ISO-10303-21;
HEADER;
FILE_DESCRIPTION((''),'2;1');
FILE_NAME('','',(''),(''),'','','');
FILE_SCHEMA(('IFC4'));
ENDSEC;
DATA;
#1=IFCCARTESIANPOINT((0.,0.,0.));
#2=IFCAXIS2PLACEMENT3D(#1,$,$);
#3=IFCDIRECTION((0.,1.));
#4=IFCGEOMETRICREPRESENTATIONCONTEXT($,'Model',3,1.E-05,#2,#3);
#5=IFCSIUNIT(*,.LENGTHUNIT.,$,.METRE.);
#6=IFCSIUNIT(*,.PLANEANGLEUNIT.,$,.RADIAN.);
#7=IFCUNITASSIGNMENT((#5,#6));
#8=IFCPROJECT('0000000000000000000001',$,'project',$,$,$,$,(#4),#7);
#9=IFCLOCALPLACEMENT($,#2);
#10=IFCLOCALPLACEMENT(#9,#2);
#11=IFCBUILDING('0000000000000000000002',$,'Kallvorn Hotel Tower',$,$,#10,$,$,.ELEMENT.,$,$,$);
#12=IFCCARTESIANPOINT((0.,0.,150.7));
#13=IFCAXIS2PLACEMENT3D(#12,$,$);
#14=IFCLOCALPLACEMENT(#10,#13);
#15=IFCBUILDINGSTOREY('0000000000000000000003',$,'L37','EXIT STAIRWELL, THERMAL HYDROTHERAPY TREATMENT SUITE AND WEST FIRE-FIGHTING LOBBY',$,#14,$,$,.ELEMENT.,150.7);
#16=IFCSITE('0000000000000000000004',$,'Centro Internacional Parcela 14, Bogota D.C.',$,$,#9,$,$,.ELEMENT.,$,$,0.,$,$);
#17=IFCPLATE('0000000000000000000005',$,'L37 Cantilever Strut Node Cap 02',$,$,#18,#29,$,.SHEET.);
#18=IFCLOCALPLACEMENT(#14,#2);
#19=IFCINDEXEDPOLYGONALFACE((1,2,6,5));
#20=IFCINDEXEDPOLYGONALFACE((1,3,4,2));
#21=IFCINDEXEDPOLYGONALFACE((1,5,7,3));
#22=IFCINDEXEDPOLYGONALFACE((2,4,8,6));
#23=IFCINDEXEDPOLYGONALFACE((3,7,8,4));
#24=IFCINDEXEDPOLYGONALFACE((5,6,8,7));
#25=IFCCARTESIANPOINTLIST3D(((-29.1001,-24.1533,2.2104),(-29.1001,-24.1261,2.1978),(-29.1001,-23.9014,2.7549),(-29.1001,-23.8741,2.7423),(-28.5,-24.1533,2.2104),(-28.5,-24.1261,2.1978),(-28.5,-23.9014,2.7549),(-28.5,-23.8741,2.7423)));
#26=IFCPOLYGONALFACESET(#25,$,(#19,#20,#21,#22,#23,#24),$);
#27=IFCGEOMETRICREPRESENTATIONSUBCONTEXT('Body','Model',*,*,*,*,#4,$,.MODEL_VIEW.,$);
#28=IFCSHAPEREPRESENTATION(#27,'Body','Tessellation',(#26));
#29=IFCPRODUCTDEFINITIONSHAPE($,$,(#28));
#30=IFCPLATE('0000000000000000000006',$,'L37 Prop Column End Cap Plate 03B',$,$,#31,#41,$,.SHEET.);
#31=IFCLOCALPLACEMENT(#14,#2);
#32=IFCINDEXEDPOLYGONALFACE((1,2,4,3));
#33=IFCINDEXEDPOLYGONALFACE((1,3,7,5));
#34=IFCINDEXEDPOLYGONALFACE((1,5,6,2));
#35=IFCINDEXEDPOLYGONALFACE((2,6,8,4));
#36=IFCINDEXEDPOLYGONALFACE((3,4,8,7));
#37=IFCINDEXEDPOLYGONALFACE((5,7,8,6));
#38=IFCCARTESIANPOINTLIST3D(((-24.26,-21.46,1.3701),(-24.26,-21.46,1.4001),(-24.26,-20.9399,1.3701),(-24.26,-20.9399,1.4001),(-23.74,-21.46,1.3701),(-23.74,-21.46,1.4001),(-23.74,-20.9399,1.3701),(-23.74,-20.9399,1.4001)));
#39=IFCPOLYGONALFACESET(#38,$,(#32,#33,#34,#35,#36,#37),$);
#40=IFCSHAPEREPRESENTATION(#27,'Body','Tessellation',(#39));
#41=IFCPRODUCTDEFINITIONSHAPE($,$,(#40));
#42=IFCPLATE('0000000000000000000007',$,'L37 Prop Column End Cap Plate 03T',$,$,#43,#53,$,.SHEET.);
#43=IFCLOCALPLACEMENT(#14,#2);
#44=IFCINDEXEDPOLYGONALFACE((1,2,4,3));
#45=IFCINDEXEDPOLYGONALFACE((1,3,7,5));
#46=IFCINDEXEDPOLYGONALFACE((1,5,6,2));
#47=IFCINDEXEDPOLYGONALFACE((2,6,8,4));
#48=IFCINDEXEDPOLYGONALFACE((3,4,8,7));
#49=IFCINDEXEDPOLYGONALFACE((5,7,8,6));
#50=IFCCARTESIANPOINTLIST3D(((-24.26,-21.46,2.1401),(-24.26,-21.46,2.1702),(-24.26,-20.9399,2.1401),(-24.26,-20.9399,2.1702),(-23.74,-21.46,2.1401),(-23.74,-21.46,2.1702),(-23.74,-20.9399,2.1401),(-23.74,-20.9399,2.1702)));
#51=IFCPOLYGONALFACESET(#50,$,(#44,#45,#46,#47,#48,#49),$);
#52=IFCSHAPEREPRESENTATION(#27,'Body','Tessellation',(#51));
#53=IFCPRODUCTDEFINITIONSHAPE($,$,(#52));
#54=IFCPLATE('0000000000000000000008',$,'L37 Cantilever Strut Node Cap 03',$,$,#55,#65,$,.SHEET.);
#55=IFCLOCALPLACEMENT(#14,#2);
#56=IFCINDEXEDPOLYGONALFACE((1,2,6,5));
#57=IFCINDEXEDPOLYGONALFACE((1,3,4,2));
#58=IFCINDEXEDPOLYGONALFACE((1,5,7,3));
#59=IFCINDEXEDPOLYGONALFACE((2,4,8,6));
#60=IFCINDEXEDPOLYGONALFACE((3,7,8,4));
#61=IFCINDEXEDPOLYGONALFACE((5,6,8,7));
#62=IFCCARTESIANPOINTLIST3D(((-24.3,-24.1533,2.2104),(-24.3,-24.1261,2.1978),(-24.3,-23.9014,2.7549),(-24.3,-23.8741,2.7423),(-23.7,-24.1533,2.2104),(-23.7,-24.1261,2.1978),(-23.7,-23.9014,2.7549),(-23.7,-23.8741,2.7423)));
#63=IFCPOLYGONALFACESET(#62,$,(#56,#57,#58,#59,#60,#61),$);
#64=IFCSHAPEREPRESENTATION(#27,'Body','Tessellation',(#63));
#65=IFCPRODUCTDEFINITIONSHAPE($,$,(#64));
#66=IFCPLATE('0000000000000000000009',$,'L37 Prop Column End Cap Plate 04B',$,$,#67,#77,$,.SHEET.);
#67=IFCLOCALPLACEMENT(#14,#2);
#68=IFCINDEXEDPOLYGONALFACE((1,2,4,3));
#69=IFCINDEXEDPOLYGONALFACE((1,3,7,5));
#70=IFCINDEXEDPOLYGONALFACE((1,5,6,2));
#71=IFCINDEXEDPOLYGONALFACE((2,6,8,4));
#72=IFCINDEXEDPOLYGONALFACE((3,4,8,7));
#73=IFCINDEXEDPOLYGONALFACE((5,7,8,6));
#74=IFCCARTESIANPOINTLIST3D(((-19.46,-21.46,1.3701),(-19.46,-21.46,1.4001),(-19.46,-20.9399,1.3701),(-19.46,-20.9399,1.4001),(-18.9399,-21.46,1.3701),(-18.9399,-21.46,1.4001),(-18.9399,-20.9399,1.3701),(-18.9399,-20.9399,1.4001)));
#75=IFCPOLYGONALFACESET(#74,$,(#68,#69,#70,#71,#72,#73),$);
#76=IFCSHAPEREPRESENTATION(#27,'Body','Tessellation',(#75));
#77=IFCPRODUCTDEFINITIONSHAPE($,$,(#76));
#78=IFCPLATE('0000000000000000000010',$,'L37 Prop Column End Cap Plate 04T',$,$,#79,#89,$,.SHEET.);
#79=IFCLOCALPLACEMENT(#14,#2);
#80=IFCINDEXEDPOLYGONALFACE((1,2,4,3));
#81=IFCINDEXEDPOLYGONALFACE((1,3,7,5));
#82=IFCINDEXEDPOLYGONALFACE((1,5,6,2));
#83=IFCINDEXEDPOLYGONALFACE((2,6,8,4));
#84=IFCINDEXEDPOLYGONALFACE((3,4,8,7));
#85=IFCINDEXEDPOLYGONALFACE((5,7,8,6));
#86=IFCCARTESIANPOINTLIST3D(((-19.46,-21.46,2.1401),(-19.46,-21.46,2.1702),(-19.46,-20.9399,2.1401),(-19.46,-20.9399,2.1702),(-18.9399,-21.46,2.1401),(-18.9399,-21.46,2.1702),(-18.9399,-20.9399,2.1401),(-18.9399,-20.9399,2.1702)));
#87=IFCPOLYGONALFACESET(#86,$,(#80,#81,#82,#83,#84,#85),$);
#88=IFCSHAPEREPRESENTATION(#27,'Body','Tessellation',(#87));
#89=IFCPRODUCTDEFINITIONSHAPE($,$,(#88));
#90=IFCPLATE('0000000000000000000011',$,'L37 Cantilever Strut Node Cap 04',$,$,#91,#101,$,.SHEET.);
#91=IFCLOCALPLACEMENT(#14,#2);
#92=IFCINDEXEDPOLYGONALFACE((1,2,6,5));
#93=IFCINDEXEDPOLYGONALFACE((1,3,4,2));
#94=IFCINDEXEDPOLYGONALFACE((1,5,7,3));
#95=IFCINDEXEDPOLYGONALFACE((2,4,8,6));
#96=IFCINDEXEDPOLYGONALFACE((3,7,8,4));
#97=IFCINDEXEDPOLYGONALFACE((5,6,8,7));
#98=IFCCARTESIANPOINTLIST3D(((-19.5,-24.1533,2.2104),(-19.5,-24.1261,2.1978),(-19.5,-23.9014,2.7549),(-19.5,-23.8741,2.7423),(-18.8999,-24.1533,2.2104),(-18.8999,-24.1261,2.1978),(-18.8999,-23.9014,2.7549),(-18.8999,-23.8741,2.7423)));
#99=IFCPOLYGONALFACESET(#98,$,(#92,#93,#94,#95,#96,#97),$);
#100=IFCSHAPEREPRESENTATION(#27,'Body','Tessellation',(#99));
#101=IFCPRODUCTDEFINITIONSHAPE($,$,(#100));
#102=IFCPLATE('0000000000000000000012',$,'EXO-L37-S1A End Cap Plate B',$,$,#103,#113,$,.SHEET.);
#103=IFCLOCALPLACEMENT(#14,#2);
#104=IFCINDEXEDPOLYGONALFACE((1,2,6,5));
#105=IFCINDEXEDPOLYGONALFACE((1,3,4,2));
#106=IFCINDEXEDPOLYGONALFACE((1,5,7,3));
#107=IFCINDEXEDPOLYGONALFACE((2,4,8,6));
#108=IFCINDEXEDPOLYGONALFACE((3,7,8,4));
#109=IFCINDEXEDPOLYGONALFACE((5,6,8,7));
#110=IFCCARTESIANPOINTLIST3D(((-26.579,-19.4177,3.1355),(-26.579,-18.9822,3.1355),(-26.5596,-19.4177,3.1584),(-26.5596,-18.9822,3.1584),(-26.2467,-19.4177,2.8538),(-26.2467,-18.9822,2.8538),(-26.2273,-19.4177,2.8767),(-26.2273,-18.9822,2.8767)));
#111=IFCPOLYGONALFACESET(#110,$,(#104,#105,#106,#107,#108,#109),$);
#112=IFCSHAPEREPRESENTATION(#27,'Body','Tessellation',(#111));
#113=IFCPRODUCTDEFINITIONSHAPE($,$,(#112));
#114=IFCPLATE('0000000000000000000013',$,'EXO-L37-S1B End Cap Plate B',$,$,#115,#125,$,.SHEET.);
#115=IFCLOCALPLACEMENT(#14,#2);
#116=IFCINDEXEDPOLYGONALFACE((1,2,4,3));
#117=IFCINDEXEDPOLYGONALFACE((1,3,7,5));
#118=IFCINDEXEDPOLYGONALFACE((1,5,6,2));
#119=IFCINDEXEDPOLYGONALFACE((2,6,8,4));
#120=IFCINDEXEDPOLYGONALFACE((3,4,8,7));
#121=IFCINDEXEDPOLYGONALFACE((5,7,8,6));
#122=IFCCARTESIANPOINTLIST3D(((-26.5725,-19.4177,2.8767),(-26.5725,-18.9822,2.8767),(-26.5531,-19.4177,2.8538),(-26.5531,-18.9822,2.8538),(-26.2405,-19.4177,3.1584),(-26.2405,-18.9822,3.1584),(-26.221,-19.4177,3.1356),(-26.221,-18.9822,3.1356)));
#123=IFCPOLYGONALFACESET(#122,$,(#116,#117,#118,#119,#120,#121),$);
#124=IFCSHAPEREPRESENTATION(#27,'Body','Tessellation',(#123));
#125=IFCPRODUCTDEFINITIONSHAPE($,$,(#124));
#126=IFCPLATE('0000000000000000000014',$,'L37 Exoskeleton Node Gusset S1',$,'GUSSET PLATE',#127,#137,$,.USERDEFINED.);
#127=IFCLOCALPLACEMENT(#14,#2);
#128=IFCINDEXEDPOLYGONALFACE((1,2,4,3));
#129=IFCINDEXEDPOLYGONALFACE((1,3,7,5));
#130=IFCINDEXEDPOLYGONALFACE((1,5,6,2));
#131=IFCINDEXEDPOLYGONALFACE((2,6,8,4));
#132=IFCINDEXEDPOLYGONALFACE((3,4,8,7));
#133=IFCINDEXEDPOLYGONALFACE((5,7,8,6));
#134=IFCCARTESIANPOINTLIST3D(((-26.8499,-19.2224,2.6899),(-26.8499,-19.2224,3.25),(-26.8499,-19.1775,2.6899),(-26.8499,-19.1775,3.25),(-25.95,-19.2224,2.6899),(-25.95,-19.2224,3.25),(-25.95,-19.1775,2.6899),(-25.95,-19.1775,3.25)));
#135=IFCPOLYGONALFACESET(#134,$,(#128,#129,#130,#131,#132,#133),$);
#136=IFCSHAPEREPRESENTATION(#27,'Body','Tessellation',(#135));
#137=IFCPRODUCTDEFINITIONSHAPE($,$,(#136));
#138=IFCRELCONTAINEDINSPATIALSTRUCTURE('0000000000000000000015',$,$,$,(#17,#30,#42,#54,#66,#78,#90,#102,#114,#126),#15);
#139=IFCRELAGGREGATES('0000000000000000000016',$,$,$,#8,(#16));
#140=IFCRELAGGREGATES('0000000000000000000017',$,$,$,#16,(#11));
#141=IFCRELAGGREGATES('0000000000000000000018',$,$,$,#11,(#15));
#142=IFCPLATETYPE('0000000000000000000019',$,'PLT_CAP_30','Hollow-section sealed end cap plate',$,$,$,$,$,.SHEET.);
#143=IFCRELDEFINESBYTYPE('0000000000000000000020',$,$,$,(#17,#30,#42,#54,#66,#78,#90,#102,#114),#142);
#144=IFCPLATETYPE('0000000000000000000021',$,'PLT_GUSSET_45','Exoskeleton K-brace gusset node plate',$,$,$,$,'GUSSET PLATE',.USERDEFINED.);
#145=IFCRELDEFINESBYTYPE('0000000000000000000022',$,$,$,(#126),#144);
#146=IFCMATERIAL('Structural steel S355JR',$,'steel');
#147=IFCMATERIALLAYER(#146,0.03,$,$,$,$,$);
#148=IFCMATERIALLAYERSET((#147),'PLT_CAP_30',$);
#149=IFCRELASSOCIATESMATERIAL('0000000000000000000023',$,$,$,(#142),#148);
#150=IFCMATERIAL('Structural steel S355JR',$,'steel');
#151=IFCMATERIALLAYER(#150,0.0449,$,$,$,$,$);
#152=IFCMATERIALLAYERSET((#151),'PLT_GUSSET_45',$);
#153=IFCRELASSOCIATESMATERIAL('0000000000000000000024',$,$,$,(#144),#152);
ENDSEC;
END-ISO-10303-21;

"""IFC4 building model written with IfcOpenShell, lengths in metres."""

from ifc_helpers import new_model, si_unit, direction, frame, origin, origin_2d, place, context, subcontext, project, spatial, polyline, rectangle, outline, extrude, material, layer, layer_set, type_object, element, save


model = new_model("IFC4")

# Units and contexts
model_context = context("Model", 3, precision=1e-05, world=origin(), true_north=direction((0.0, 1.0)))
body_context = subcontext(model_context, "Body", "Model", "MODEL_VIEW")
ifc_project = project(units=[si_unit("LENGTHUNIT", "METRE"), si_unit("PLANEANGLEUNIT", "RADIAN")], contexts=[model_context])

# Site, building, storey
site_placement = place(None, origin())
site = spatial("IfcSite", under=ifc_project, at=site_placement, Name="Centro Internacional Parcela 14, Bogota D.C.", CompositionType="ELEMENT", RefElevation=0.0)
building_placement = place(site_placement, origin())
building = spatial("IfcBuilding", under=site, at=building_placement, Name="Kallvorn Hotel Tower", CompositionType="ELEMENT")
storey_placement = place(building_placement, frame((0.0, 0.0, 150.7)))
storey = spatial("IfcBuildingStorey", under=building, at=storey_placement, Name="L37", Description="EXIT STAIRWELL, THERMAL HYDROTHERAPY TREATMENT SUITE AND WEST FIRE-FIGHTING LOBBY", CompositionType="ELEMENT", Elevation=150.7)

# Plates
ifc_material_1 = material(Name="Structural steel S355JR", Category="steel")
ifc_layer_1 = layer(ifc_material_1, 0.03)
ifc_layer_set_1 = layer_set([ifc_layer_1], Name="PLT_CAP_30")
plate_type_1 = type_object("IfcPlateType", Name="PLT_CAP_30", Description="Hollow-section sealed end cap plate", PredefinedType="SHEET", material=ifc_layer_set_1)
plate_1_placement = place(storey_placement, frame((-29.1001, -24.1533, 2.2104), z_axis=(0.0, -0.90753, 0.419987), x_axis=(1.0, 0.0, 0.0)))
element("IfcPlate", 1, at=plate_1_placement, inside=storey, type_object=plate_type_1, Name="L37 Cantilever Strut Node Cap 02", PredefinedType="SHEET", context=body_context, shape_type="SweptSolid", body=[
    extrude(outline(polyline([(0.0, 0.0), (0.6001, 0.0), (0.6001, 0.5999), (0.0, 0.5999), (0.0, 0.0)])), origin(), (0.0, 0.0, -1.0), 0.03),
])
for number, where, z_axis, x_axis, name in (
    (2, (-24.0, -21.2, 1.3701), (0.0, 0.0, 1.0), (1.0, 0.0, 0.0), "L37 Prop Column End Cap Plate 03B"),
    (3, (-24.0, -21.2, 2.1401), (0.0, 0.0, 1.0), (1.0, 0.0, 0.0), "L37 Prop Column End Cap Plate 03T"),
):
    element("IfcPlate", number, at=place(storey_placement, frame(where, z_axis=z_axis, x_axis=x_axis)), inside=storey, type_object=plate_type_1, Name=name, PredefinedType="SHEET", context=body_context, shape_type="SweptSolid", body=[
        extrude(rectangle(XDim=0.52, YDim=0.52, at=origin_2d()), origin(), (0.0, 0.0, 1.0), 0.03),
    ])
plate_2_placement = place(storey_placement, frame((-24.3, -24.1533, 2.2104), z_axis=(0.0, -0.90753, 0.419987), x_axis=(1.0, 0.0, 0.0)))
element("IfcPlate", 4, at=plate_2_placement, inside=storey, type_object=plate_type_1, Name="L37 Cantilever Strut Node Cap 03", PredefinedType="SHEET", context=body_context, shape_type="SweptSolid", body=[
    extrude(outline(polyline([(0.0, 0.0), (0.6001, 0.0), (0.6001, 0.5999), (0.0, 0.5999), (0.0, 0.0)])), origin(), (0.0, 0.0, -1.0), 0.03),
])
for number, where, z_axis, x_axis, name in (
    (5, (-19.2, -21.2, 1.3701), (0.0, 0.0, 1.0), (1.0, 0.0, 0.0), "L37 Prop Column End Cap Plate 04B"),
    (6, (-19.2, -21.2, 2.1401), (0.0, 0.0, 1.0), (1.0, 0.0, 0.0), "L37 Prop Column End Cap Plate 04T"),
):
    element("IfcPlate", number, at=place(storey_placement, frame(where, z_axis=z_axis, x_axis=x_axis)), inside=storey, type_object=plate_type_1, Name=name, PredefinedType="SHEET", context=body_context, shape_type="SweptSolid", body=[
        extrude(rectangle(XDim=0.52, YDim=0.52, at=origin_2d()), origin(), (0.0, 0.0, 1.0), 0.03),
    ])
plate_3_placement = place(storey_placement, frame((-19.5, -24.1533, 2.2104), z_axis=(0.0, -0.90753, 0.419987), x_axis=(1.0, 0.0, 0.0)))
element("IfcPlate", 7, at=plate_3_placement, inside=storey, type_object=plate_type_1, Name="L37 Cantilever Strut Node Cap 04", PredefinedType="SHEET", context=body_context, shape_type="SweptSolid", body=[
    extrude(outline(polyline([(0.0, 0.0), (0.6001, 0.0), (0.6001, 0.5999), (0.0, 0.5999), (0.0, 0.0)])), origin(), (0.0, 0.0, -1.0), 0.03),
])
plate_4_placement = place(storey_placement, frame((-26.2273, -19.4177, 2.8767), z_axis=(0.646721, 0.0, 0.762727), x_axis=(0.0, 1.0, 0.0)))
element("IfcPlate", 8, at=plate_4_placement, inside=storey, type_object=plate_type_1, Name="EXO-L37-S1A End Cap Plate B", PredefinedType="SHEET", context=body_context, shape_type="SweptSolid", body=[
    extrude(outline(polyline([(0.0, 0.0), (0.4355, 0.0), (0.4355, 0.4356), (0.0, 0.4356), (0.0, 0.0)])), origin(), (0.0, 0.0, -1.0), 0.03),
])
plate_5_placement = place(storey_placement, frame((-26.5725, -18.9822, 2.8767), z_axis=(-0.646997, 0.0, 0.762492), x_axis=(0.0, -1.0, 0.0)))
element("IfcPlate", 9, at=plate_5_placement, inside=storey, type_object=plate_type_1, Name="EXO-L37-S1B End Cap Plate B", PredefinedType="SHEET", context=body_context, shape_type="SweptSolid", body=[
    extrude(outline(polyline([(0.0, 0.0), (0.4355, 0.0), (0.4355, 0.4355), (0.0, 0.4355), (0.0, 0.0)])), origin(), (0.0, 0.0, -1.0), 0.03),
])
ifc_material_2 = material(Name="Structural steel S355JR", Category="steel")
ifc_layer_2 = layer(ifc_material_2, 0.0449)
ifc_layer_set_2 = layer_set([ifc_layer_2], Name="PLT_GUSSET_45")
plate_type_2 = type_object("IfcPlateType", Name="PLT_GUSSET_45", Description="Exoskeleton K-brace gusset node plate", ElementType="GUSSET PLATE", PredefinedType="USERDEFINED", material=ifc_layer_set_2)
plate_6_placement = place(storey_placement, frame((-26.3999, -19.2, 2.6899), z_axis=(0.0, 0.0, 1.0), x_axis=(1.0, 0.0, 0.0)))
element("IfcPlate", 10, at=plate_6_placement, inside=storey, type_object=plate_type_2, Name="L37 Exoskeleton Node Gusset S1", ObjectType="GUSSET PLATE", PredefinedType="USERDEFINED", context=body_context, shape_type="SweptSolid", body=[
    extrude(rectangle(XDim=0.8999, YDim=0.0449, at=origin_2d()), origin(), (0.0, 0.0, 1.0), 0.5601),
])

save(model, "model.ifc")
